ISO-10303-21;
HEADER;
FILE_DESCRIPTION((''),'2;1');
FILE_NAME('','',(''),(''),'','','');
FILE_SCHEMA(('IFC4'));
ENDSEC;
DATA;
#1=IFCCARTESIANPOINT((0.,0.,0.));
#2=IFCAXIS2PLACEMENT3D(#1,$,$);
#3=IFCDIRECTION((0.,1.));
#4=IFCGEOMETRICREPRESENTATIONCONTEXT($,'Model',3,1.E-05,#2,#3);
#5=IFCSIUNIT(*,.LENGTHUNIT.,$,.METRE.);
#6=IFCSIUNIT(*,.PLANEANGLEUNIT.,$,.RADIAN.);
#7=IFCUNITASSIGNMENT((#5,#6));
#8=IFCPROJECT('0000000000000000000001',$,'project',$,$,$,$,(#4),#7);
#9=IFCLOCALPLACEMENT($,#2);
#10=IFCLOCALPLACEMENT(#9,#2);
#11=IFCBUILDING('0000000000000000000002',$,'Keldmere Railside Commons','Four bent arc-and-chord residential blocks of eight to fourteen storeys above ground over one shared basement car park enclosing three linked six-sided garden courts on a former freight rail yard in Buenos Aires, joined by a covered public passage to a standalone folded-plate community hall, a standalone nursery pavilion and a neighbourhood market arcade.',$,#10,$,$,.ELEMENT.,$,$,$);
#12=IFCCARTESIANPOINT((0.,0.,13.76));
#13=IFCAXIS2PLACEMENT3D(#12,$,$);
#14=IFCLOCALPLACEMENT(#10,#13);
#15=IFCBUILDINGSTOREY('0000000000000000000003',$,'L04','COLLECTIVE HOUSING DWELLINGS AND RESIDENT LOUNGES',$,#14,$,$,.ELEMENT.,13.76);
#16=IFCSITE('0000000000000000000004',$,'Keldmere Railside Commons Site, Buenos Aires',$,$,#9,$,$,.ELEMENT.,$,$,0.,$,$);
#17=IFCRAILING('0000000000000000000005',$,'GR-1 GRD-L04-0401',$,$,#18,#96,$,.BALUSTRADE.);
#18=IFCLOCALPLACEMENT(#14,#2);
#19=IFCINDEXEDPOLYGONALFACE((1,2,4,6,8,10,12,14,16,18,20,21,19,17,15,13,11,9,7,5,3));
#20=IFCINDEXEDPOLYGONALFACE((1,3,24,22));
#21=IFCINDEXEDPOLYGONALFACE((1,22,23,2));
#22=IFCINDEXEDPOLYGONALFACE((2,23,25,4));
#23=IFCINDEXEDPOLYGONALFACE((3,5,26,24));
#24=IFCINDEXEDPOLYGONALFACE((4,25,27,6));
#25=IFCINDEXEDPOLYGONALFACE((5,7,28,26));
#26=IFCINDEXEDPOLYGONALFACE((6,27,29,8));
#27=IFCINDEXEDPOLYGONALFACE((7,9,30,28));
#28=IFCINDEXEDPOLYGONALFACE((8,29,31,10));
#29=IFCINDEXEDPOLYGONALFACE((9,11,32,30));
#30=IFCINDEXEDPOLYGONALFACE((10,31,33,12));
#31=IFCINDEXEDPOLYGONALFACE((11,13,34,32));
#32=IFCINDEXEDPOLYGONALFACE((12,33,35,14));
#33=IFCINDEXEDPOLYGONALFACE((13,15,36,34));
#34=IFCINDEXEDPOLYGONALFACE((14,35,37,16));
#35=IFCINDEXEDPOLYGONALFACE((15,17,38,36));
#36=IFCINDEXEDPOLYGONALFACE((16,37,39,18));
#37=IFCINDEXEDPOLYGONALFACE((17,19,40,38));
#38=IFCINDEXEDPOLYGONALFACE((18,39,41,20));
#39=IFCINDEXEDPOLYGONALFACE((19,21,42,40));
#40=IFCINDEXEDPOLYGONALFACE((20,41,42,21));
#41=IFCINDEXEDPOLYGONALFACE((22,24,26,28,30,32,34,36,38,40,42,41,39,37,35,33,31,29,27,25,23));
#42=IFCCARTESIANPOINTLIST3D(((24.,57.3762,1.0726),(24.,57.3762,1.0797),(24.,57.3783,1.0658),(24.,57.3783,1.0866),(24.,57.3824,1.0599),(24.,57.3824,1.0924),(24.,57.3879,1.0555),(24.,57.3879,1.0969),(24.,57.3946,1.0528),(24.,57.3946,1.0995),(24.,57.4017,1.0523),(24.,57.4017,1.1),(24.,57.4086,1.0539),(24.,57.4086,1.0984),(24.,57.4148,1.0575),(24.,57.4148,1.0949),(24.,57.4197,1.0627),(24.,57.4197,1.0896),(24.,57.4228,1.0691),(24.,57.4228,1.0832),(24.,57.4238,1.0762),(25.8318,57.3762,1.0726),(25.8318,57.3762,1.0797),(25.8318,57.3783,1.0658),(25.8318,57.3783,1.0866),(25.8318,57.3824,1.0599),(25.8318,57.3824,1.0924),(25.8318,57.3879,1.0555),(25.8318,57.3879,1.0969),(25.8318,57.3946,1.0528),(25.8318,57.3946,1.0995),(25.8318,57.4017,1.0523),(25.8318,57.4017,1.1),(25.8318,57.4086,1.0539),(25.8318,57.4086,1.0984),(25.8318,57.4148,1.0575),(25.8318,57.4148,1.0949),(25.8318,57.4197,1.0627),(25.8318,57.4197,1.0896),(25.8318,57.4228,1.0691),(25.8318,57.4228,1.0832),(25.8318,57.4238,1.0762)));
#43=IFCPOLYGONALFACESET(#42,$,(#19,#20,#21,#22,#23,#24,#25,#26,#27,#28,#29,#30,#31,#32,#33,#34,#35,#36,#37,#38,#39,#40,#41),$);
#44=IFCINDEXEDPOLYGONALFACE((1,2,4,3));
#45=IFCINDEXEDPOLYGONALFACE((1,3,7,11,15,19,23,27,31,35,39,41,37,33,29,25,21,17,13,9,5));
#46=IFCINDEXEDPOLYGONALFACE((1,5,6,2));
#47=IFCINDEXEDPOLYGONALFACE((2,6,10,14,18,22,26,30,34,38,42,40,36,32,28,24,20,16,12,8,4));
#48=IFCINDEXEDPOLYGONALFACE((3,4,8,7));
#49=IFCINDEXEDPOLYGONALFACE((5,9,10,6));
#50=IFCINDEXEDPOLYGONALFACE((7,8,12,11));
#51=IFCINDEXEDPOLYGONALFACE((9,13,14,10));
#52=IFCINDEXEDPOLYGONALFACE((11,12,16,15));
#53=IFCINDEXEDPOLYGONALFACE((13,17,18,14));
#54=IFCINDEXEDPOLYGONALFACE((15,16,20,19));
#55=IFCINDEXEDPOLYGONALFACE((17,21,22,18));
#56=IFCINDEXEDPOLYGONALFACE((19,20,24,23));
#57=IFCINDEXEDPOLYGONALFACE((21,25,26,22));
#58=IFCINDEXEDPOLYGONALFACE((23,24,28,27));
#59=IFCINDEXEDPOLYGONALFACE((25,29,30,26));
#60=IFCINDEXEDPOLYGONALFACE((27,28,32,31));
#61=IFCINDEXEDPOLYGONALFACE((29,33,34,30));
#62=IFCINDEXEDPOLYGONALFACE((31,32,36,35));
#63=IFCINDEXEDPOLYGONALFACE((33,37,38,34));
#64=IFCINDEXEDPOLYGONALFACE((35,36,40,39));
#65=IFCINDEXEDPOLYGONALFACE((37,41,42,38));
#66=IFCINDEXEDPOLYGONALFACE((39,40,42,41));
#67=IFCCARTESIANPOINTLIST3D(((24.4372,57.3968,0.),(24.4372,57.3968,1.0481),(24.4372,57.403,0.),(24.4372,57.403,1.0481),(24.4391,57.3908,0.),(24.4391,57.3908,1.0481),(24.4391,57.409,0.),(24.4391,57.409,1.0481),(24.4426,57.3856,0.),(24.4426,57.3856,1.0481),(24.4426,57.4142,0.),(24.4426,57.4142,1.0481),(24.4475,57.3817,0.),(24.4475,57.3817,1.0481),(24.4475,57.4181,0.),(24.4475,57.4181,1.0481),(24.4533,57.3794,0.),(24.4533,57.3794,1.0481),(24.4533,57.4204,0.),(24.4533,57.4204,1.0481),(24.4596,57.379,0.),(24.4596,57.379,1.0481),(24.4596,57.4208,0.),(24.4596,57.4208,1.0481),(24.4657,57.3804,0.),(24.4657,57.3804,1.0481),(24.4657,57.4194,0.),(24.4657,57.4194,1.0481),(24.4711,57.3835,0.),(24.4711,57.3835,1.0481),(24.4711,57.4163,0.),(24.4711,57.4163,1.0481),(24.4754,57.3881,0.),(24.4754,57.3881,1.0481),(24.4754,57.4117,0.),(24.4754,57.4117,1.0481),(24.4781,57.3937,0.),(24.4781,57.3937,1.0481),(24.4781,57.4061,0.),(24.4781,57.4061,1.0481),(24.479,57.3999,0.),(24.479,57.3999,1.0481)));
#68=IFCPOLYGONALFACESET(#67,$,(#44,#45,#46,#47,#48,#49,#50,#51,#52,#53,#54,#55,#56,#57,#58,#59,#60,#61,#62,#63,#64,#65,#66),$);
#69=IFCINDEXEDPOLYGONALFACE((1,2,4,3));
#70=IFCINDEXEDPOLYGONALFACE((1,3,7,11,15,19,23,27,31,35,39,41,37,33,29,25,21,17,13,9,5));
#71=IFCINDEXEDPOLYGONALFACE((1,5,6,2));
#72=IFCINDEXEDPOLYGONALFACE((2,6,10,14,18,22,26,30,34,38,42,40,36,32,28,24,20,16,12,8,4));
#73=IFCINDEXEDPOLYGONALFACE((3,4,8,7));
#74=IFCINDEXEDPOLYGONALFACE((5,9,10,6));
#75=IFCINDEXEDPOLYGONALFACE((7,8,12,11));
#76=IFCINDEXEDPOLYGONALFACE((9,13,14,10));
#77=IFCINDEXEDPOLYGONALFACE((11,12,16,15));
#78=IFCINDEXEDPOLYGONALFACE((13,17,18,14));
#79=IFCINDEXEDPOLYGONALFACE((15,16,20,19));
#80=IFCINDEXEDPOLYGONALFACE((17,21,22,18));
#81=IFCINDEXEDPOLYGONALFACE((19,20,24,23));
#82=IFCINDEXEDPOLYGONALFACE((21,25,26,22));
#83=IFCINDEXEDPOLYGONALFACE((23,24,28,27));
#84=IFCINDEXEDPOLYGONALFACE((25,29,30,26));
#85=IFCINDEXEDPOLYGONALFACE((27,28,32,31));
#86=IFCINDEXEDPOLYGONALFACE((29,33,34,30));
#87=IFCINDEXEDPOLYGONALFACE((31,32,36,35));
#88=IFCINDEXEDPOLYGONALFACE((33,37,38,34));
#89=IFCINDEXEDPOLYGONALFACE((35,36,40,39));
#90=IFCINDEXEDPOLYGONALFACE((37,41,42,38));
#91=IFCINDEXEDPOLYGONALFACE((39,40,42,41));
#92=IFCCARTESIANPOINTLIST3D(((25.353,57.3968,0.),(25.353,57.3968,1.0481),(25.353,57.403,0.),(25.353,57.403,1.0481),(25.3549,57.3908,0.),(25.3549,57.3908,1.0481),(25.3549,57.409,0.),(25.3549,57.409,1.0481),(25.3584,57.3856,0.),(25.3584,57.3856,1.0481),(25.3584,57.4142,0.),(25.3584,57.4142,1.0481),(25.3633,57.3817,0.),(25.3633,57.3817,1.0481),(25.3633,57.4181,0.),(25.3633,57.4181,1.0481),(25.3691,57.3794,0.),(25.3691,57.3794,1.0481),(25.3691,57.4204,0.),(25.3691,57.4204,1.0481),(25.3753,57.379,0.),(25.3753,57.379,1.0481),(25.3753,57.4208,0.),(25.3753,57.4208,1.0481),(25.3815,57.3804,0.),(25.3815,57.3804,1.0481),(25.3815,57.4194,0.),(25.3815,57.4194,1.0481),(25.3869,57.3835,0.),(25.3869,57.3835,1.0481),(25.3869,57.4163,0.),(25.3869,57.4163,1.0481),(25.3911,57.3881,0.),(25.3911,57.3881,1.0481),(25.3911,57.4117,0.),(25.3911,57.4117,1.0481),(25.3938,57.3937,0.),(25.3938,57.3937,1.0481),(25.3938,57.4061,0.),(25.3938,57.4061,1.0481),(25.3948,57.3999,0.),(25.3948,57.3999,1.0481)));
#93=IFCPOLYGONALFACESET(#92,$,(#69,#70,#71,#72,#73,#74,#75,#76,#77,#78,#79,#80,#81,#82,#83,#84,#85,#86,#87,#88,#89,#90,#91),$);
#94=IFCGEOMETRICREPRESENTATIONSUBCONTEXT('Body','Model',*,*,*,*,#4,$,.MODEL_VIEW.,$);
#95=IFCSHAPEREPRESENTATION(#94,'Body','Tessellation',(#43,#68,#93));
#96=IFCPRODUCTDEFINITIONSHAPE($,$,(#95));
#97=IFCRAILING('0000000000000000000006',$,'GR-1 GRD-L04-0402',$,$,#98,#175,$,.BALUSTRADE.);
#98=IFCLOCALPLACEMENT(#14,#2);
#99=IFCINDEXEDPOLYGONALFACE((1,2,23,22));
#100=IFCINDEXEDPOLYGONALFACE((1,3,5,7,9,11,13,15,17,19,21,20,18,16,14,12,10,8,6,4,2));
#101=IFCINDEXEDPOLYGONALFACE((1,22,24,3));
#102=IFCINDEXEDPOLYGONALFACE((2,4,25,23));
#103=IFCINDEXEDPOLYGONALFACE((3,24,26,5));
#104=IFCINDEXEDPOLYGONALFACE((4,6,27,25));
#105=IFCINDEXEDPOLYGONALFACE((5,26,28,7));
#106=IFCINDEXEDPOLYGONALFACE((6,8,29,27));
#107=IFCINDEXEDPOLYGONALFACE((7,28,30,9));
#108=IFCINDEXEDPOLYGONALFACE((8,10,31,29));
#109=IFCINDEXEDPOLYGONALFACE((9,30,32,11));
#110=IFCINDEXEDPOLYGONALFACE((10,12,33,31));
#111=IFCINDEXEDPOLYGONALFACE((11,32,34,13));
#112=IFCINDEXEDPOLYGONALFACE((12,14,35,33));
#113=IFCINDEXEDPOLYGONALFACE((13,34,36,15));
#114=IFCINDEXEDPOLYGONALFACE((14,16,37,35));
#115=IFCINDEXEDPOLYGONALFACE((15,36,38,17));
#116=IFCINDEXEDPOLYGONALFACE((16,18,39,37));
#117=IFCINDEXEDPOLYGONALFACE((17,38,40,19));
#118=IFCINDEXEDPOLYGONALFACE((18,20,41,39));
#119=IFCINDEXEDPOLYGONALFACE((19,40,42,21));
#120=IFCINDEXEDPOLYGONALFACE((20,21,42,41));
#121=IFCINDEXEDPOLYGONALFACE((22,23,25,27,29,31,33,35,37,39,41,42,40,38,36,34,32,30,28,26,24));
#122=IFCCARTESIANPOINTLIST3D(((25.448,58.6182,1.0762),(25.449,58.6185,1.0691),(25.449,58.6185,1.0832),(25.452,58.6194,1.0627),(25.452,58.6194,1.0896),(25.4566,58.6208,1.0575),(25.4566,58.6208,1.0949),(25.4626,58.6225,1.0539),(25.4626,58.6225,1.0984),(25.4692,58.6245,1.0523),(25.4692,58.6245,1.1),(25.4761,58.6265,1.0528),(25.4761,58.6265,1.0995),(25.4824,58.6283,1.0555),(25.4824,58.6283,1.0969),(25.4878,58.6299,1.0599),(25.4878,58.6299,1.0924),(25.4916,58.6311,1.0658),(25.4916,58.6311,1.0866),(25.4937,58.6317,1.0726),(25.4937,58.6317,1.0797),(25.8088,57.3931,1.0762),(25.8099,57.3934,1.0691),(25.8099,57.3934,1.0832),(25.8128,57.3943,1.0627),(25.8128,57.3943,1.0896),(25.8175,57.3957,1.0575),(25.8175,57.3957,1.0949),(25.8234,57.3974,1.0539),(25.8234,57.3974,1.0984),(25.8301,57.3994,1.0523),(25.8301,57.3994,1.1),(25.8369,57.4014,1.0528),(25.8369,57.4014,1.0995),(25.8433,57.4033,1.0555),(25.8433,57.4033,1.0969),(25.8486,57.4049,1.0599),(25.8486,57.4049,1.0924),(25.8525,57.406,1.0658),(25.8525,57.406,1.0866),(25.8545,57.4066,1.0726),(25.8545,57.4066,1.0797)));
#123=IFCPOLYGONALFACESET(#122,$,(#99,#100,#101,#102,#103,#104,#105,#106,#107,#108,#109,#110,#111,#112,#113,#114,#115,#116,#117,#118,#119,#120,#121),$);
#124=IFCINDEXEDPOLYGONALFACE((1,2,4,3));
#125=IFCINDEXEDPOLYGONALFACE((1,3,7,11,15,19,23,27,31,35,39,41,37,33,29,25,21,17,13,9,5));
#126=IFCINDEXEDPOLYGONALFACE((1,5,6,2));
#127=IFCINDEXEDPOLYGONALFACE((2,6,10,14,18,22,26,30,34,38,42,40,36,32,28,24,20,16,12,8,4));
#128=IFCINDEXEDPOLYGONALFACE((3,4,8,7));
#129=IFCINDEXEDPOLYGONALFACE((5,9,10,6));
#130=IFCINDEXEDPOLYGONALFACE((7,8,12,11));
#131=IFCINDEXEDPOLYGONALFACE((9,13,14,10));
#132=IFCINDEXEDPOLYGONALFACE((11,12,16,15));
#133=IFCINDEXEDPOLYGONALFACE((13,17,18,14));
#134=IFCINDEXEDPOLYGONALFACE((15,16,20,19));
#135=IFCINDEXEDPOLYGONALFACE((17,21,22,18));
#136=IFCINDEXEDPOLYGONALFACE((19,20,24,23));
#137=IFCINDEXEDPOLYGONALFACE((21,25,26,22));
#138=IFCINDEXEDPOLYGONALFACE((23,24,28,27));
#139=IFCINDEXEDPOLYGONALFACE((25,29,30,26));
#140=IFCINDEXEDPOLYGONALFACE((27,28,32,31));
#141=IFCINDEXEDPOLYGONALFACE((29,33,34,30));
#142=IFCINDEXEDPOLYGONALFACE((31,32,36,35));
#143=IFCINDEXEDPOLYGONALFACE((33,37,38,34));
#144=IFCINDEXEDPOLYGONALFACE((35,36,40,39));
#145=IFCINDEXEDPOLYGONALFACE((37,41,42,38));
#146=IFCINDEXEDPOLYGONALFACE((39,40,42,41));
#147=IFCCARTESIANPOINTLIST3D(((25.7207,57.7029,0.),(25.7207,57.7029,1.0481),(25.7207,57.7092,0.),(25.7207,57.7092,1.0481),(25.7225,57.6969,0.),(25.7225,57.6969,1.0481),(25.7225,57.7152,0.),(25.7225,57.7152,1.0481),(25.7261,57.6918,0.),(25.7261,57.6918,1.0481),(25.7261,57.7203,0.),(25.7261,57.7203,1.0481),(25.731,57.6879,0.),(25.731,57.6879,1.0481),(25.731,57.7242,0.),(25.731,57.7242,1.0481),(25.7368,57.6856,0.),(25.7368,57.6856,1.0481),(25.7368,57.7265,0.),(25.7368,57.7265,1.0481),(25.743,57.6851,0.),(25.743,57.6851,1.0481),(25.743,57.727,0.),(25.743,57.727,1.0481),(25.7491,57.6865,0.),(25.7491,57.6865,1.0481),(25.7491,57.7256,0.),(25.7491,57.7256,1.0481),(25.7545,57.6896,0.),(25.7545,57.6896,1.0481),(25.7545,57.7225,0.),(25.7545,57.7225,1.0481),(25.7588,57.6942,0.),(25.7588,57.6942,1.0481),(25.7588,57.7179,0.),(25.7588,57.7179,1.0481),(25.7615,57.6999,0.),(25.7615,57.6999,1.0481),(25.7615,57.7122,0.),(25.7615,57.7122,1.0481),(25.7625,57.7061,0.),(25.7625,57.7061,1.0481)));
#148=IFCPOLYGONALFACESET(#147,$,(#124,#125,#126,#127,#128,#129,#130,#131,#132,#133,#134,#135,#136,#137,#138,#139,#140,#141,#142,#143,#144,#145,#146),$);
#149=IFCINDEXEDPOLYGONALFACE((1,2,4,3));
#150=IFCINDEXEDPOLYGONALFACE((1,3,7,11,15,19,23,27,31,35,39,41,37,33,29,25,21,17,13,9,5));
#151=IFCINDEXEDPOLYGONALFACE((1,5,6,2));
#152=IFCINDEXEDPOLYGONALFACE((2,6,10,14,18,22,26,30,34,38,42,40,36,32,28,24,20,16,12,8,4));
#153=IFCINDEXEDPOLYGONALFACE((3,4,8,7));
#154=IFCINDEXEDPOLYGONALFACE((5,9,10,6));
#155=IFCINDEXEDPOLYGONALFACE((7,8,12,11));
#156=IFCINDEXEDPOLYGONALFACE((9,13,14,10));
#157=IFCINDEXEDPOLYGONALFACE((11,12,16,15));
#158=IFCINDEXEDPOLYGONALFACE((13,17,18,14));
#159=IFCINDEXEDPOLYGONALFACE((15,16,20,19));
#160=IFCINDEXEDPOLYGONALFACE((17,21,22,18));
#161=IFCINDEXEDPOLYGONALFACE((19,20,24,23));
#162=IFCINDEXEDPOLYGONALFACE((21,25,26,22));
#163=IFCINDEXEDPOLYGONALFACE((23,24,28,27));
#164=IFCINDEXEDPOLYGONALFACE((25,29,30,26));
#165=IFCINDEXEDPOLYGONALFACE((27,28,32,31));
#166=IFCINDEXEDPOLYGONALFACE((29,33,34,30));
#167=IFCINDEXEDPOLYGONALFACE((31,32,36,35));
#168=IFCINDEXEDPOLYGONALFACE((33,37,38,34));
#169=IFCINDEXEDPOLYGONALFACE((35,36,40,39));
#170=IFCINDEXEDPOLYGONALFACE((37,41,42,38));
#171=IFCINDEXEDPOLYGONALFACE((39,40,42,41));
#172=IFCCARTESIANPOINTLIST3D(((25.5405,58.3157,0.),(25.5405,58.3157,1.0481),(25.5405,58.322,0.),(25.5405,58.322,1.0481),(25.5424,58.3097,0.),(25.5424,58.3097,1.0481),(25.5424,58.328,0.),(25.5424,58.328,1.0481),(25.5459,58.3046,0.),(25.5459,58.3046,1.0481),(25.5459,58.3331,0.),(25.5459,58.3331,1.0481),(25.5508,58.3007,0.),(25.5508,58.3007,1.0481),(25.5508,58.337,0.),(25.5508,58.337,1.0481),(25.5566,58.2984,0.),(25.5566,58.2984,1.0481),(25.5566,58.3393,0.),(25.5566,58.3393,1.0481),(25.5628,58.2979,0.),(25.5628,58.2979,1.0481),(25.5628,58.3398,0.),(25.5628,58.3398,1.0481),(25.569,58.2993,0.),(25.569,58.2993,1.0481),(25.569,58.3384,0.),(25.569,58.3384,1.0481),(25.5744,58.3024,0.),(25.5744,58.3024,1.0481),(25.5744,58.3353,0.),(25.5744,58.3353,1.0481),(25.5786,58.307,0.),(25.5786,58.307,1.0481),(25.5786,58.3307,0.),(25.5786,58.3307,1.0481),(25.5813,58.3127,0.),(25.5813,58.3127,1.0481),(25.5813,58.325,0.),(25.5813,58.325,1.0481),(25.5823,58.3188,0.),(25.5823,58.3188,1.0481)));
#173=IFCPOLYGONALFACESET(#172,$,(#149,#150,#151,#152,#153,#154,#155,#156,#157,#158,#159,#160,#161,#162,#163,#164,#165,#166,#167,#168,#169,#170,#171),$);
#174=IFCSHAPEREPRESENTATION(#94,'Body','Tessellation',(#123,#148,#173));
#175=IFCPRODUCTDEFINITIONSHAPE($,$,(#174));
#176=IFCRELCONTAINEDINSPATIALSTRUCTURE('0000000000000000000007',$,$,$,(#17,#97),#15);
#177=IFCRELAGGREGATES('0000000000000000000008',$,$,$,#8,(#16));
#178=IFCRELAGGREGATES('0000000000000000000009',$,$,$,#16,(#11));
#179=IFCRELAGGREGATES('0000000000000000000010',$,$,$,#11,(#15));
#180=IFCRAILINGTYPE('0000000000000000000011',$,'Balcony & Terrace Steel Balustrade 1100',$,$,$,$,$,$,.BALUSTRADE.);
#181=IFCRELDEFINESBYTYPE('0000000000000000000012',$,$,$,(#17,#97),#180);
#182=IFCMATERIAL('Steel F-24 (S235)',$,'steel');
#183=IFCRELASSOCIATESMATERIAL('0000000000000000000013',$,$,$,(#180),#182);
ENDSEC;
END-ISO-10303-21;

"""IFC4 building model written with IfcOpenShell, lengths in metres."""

from ifc_helpers import new_model, si_unit, direction, frame, origin, origin_2d, place, context, subcontext, project, spatial, circle, extrude, material, type_object, element, save


model = new_model("IFC4")

# Units and contexts
model_context = context("Model", 3, precision=1e-05, world=origin(), true_north=direction((0.0, 1.0)))
body_context = subcontext(model_context, "Body", "Model", "MODEL_VIEW")
ifc_project = project(units=[si_unit("LENGTHUNIT", "METRE"), si_unit("PLANEANGLEUNIT", "RADIAN")], contexts=[model_context])

# Site, building, storey
site_placement = place(None, origin())
site = spatial("IfcSite", under=ifc_project, at=site_placement, Name="Keldmere Railside Commons Site, Buenos Aires", CompositionType="ELEMENT", RefElevation=0.0)
building_placement = place(site_placement, origin())
building = spatial("IfcBuilding", under=site, at=building_placement, Name="Keldmere Railside Commons", Description="Four bent arc-and-chord residential blocks of eight to fourteen storeys above ground over one shared basement car park enclosing three linked six-sided garden courts on a former freight rail yard in Buenos Aires, joined by a covered public passage to a standalone folded-plate community hall, a standalone nursery pavilion and a neighbourhood market arcade.", CompositionType="ELEMENT")
storey_placement = place(building_placement, frame((0.0, 0.0, 13.76)))
storey = spatial("IfcBuildingStorey", under=building, at=storey_placement, Name="L04", Description="COLLECTIVE HOUSING DWELLINGS AND RESIDENT LOUNGES", CompositionType="ELEMENT", Elevation=13.76)

# Railings
ifc_material_1 = material(Name="Steel F-24 (S235)", Category="steel")
railing_type_1 = type_object("IfcRailingType", Name="Balcony & Terrace Steel Balustrade 1100", PredefinedType="BALUSTRADE", material=ifc_material_1)
railing_1_placement = place(storey_placement, frame((24.0, 57.3999, 0.0)))
element("IfcRailing", 1, at=railing_1_placement, inside=storey, type_object=railing_type_1, Name="GR-1 GRD-L04-0401", PredefinedType="BALUSTRADE", context=body_context, shape_type="SweptSolid", body=[
    extrude(circle(Radius=0.0239, at=origin_2d()), frame((0.0, 0.0, 1.0762), z_axis=(1.0, 0.0, 0.0), x_axis=(0.0, 1.0, 0.0)), (0.0, 0.0, 1.0), 1.8318),
    extrude(circle(Radius=0.021, at=origin_2d()), frame((0.458, 0.0, 0.0)), (0.0, 0.0, 1.0), 1.0481),
    extrude(circle(Radius=0.021, at=origin_2d()), frame((1.3738, 0.0, 0.0)), (0.0, 0.0, 1.0), 1.0481),
])
railing_2_placement = place(storey_placement, frame((25.8318, 57.3999, 0.0)))
element("IfcRailing", 2, at=railing_2_placement, inside=storey, type_object=railing_type_1, Name="GR-1 GRD-L04-0402", PredefinedType="BALUSTRADE", context=body_context, shape_type="SweptSolid", body=[
    extrude(circle(Radius=0.0239, at=origin_2d()), frame((0.0, 0.0, 1.0762), z_axis=(-0.282539, 0.959256, 0.0), x_axis=(-0.959256, -0.282539, 0.0)), (0.0, 0.0, 1.0), 1.2771),
    extrude(circle(Radius=0.021, at=origin_2d()), frame((-0.0903, 0.3062, 0.0)), (0.0, 0.0, 1.0), 1.0481),
    extrude(circle(Radius=0.021, at=origin_2d()), frame((-0.2705, 0.9189, 0.0)), (0.0, 0.0, 1.0), 1.0481),
])

save(model, "model.ifc")
